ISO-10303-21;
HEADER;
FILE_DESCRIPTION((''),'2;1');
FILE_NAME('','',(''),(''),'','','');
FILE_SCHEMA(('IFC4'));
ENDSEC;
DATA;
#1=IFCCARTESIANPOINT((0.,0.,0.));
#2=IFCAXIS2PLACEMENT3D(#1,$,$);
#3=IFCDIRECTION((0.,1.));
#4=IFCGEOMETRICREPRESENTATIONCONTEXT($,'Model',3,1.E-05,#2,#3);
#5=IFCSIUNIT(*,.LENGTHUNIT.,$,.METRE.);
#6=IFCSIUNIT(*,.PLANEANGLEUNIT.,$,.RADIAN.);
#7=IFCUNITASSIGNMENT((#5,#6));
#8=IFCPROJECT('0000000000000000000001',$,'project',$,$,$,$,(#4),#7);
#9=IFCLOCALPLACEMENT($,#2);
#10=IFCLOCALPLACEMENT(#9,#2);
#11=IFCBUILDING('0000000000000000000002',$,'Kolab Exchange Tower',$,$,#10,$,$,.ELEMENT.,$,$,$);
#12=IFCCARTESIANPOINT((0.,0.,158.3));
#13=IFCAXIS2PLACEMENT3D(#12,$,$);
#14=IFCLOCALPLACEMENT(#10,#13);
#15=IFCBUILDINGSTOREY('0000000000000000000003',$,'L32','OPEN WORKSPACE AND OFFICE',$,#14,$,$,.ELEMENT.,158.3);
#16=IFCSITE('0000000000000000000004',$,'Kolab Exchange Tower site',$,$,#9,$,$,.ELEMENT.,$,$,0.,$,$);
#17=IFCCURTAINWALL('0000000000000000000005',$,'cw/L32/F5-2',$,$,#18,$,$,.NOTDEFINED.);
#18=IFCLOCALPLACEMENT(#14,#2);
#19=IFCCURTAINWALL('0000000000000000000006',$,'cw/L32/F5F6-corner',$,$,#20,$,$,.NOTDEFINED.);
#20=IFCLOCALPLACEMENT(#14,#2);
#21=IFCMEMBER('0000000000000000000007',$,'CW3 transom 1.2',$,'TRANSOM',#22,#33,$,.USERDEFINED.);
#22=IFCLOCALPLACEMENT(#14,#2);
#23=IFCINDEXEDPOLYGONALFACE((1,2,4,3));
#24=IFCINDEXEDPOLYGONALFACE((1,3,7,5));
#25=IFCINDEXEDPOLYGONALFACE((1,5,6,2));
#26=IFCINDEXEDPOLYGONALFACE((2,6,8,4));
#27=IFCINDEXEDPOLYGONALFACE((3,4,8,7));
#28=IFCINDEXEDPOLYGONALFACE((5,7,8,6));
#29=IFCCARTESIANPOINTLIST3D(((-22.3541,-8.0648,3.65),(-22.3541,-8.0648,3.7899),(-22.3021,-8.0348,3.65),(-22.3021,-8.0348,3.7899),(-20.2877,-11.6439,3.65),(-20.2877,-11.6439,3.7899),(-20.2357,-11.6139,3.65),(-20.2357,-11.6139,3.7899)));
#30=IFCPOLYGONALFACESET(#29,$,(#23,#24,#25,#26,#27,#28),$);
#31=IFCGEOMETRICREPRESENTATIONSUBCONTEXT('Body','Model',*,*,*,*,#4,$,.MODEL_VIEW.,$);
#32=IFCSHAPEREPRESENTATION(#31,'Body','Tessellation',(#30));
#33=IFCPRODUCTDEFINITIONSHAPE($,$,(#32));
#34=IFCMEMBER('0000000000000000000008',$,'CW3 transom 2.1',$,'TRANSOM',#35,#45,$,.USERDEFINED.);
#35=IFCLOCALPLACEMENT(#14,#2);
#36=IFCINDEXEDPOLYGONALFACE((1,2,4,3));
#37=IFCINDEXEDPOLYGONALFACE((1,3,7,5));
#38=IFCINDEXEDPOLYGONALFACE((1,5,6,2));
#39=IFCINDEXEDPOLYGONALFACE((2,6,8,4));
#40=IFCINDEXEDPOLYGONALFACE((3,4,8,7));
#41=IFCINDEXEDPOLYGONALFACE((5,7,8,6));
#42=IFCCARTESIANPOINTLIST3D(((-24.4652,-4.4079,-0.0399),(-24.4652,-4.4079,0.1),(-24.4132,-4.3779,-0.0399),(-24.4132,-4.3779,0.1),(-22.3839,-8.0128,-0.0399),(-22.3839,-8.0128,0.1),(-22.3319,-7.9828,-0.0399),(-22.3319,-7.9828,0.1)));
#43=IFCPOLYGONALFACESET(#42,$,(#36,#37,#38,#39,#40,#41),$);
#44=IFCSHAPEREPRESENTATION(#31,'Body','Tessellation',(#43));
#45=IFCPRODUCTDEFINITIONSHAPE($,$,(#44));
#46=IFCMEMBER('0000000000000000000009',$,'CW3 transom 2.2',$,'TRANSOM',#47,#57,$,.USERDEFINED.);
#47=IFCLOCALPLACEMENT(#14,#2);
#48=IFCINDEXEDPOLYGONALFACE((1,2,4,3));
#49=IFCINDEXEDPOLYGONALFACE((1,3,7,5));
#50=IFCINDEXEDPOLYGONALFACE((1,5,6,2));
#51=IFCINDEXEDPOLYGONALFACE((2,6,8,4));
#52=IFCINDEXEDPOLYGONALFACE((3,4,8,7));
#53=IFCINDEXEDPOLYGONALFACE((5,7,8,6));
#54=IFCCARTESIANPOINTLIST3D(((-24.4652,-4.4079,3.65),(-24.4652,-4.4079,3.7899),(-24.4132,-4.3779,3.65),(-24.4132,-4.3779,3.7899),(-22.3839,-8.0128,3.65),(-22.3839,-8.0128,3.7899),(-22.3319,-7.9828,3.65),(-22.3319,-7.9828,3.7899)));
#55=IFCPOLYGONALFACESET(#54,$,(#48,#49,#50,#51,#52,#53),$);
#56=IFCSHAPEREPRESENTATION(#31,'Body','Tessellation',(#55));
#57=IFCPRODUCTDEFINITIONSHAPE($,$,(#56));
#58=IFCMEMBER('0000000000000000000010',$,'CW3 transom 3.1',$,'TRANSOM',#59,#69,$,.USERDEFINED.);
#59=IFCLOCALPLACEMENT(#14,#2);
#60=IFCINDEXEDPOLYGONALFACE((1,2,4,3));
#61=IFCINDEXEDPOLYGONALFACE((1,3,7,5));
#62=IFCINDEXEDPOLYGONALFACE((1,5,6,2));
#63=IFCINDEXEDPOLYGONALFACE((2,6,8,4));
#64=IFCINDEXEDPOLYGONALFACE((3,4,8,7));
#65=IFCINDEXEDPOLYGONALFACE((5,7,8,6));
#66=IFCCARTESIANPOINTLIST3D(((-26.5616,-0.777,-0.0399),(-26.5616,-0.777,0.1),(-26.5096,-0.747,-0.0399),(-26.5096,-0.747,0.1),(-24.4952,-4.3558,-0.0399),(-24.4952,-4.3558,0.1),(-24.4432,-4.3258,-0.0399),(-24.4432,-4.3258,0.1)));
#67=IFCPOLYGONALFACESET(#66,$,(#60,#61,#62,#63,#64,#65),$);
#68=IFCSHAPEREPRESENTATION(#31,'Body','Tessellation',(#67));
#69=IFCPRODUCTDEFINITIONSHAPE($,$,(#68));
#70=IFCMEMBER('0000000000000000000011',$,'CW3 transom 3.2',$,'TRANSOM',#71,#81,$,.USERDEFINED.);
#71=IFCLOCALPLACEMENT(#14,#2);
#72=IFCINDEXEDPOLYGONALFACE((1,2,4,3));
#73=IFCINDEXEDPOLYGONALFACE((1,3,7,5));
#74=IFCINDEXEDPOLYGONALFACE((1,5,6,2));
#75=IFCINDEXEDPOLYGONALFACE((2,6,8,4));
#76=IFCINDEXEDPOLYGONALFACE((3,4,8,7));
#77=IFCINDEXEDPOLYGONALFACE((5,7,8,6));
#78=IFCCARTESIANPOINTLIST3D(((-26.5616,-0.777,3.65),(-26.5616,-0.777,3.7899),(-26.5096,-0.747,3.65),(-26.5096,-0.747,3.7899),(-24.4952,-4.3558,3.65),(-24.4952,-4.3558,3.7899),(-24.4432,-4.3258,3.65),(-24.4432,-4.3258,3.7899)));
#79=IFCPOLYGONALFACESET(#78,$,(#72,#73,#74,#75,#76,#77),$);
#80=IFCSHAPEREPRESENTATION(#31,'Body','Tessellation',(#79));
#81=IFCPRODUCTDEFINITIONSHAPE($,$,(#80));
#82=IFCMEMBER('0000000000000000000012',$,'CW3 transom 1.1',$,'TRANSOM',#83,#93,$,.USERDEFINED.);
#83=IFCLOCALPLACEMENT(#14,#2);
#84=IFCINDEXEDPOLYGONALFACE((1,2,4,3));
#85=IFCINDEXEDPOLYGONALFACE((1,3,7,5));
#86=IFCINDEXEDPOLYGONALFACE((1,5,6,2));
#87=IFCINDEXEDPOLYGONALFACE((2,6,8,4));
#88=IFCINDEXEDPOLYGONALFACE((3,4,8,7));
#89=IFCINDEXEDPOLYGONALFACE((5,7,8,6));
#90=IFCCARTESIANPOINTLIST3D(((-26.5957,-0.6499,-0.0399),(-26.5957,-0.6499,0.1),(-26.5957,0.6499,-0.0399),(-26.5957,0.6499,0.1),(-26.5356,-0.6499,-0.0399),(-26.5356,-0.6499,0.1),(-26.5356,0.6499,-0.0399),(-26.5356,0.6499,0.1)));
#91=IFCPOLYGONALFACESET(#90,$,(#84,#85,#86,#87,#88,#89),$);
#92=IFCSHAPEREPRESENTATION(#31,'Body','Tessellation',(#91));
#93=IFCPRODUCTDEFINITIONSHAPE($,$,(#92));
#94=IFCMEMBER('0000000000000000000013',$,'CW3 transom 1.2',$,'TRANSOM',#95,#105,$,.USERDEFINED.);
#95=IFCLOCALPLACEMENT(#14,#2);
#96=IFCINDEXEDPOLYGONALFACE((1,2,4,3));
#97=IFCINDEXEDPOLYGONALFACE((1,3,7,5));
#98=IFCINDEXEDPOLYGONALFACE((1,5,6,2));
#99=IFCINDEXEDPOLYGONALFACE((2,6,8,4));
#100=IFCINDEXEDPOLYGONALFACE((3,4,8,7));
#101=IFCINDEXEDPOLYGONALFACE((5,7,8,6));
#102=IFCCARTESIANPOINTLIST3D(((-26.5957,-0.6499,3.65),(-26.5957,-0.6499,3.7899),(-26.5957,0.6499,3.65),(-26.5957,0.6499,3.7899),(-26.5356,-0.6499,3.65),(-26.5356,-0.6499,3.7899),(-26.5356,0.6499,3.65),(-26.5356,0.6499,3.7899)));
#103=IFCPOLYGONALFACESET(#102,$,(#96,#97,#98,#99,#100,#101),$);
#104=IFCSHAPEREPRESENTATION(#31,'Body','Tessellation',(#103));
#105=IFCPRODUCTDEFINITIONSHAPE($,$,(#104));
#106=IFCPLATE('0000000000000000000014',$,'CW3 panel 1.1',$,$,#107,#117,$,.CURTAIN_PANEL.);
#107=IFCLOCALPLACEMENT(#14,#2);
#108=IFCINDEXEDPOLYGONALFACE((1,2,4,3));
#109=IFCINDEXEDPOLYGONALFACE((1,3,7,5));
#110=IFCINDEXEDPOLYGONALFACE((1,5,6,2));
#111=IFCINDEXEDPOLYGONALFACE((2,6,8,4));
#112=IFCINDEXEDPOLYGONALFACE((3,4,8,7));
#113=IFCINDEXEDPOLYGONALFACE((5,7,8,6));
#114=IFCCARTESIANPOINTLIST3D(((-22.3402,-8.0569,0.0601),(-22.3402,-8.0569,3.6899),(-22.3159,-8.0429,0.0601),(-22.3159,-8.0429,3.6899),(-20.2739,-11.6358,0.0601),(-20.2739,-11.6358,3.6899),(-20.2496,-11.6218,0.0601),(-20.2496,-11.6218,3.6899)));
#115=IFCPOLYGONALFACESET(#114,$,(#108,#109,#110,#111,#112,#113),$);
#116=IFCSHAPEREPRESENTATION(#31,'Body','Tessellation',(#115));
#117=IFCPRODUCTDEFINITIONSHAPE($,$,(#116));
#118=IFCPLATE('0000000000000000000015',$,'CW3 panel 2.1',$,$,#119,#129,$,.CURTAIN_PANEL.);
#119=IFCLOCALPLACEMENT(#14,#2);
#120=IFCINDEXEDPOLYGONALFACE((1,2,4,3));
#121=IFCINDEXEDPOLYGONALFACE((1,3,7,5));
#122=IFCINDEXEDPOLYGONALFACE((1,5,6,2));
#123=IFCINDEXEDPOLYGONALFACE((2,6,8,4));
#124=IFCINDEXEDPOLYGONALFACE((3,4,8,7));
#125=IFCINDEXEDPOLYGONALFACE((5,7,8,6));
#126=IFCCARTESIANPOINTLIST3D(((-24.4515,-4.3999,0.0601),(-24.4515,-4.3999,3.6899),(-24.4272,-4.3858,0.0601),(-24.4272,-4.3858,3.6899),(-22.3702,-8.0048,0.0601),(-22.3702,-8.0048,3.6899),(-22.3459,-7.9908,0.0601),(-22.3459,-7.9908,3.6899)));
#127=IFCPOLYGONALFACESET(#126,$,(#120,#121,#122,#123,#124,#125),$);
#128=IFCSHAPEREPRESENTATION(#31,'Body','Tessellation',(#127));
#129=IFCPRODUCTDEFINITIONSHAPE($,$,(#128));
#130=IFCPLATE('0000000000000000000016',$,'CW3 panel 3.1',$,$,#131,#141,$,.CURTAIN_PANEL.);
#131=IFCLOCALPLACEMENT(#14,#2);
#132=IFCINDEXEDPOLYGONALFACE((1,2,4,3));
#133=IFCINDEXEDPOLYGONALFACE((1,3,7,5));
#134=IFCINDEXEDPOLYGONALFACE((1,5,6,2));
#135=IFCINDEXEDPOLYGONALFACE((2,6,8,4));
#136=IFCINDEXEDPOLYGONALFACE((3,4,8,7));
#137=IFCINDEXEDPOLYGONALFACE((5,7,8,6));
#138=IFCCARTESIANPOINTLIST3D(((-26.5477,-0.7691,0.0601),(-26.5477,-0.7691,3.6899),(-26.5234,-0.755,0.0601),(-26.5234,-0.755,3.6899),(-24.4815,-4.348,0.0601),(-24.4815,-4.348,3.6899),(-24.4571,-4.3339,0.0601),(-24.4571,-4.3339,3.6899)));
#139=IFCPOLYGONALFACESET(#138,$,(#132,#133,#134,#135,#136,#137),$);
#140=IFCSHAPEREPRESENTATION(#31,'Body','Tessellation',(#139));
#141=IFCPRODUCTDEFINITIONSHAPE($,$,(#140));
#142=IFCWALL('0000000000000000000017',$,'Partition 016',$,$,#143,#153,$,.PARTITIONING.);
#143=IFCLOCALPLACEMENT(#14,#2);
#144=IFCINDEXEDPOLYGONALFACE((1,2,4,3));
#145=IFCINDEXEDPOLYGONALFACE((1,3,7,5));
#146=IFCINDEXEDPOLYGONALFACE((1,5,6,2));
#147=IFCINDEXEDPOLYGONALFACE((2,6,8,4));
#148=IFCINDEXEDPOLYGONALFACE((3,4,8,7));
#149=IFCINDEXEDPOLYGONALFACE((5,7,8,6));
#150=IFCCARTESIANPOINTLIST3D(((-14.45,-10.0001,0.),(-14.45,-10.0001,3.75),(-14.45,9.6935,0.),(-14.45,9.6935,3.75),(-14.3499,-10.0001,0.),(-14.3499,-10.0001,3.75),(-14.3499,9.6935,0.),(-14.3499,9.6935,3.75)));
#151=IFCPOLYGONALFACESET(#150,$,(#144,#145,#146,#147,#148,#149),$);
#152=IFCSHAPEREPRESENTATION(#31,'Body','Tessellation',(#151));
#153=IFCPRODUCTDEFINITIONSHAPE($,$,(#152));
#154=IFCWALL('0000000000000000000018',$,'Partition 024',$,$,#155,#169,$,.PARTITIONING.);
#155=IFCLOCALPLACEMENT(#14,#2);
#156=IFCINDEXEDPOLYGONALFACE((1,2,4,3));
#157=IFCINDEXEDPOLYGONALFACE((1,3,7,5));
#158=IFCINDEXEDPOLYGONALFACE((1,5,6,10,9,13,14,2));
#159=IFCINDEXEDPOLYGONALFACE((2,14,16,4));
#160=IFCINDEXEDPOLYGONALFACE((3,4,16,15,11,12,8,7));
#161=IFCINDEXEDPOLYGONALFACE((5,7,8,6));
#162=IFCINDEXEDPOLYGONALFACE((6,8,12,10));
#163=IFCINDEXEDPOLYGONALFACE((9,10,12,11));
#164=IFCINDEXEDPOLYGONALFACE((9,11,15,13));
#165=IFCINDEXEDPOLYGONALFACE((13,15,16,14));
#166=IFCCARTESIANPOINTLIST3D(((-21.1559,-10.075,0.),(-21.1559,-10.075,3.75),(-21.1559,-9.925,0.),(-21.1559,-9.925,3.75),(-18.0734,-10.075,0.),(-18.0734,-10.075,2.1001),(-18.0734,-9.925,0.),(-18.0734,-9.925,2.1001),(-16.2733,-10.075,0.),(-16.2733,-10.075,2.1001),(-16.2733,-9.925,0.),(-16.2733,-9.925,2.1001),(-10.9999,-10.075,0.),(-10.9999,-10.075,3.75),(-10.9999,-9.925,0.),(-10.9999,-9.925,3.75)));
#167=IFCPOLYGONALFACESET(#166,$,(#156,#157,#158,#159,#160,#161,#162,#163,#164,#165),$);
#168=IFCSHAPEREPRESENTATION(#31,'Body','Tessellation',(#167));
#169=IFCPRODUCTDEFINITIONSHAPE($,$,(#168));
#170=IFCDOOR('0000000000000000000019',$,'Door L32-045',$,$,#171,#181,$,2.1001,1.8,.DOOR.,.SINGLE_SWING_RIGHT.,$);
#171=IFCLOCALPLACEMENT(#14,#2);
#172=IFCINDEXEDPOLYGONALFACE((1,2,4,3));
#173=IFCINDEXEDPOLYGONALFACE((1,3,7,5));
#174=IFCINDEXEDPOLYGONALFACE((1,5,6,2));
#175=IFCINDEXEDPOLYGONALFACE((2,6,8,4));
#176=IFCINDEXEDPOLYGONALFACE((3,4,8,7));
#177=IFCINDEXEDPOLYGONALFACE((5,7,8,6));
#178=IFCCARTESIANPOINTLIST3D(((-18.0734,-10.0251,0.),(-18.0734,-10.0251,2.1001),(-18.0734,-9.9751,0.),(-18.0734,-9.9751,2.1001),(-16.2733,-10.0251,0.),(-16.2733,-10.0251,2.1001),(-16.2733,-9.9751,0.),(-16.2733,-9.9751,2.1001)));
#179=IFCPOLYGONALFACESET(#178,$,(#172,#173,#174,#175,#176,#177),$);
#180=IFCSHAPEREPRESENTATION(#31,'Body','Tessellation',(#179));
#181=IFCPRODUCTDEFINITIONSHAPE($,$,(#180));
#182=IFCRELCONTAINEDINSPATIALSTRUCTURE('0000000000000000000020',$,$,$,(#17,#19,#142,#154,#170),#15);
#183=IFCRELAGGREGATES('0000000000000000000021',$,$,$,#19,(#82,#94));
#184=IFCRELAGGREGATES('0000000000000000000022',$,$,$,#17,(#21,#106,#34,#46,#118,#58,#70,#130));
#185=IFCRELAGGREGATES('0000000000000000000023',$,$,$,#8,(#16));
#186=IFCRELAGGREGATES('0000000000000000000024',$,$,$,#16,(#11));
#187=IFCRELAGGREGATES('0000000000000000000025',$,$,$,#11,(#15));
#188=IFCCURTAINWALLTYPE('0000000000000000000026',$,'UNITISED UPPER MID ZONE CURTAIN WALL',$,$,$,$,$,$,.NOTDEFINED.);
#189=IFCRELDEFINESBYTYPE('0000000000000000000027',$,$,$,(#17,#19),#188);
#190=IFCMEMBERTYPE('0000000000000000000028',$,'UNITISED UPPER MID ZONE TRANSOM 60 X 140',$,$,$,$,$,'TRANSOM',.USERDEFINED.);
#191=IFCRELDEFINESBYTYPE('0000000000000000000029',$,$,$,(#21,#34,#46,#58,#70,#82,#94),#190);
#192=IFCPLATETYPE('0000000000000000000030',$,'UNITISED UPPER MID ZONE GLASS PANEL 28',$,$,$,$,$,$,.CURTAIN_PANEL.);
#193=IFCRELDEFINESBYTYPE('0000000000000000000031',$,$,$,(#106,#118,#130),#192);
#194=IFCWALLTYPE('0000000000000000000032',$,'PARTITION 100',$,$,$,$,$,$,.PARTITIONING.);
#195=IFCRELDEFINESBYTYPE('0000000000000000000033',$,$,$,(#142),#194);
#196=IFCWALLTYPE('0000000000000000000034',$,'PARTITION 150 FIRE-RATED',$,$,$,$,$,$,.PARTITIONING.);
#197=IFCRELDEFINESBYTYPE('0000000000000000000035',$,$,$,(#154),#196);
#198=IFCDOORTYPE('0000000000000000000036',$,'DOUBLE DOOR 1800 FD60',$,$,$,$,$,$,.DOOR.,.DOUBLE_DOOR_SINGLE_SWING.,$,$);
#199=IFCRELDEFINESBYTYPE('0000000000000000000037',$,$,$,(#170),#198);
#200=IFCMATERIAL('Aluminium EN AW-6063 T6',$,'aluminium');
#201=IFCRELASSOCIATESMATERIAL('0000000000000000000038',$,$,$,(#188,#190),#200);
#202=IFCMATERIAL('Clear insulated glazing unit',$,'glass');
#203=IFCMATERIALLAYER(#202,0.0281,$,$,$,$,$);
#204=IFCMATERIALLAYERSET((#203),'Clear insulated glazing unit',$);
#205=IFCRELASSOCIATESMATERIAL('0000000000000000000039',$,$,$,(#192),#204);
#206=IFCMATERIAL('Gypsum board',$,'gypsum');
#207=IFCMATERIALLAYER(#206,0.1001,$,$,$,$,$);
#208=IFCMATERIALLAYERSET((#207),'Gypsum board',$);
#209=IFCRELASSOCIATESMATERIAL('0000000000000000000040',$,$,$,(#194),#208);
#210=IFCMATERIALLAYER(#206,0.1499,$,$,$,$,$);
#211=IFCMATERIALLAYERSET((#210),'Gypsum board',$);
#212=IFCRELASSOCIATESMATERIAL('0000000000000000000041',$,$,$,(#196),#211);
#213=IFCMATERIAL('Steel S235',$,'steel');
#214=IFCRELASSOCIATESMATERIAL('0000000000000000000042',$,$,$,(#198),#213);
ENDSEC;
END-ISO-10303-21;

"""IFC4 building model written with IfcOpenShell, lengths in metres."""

from ifc_helpers import new_model, si_unit, direction, frame, frame_2d, origin, origin_2d, place, context, subcontext, project, spatial, rectangle, extrude, material, layer, layer_set, material_profile, profile_set, type_object, element, fill, aggregate, save


model = new_model("IFC4")

# Units and contexts
model_context = context("Model", 3, precision=1e-05, world=origin(), true_north=direction((0.0, 1.0)))
body_context = subcontext(model_context, "Body", "Model", "MODEL_VIEW")
ifc_project = project(units=[si_unit("LENGTHUNIT", "METRE"), si_unit("PLANEANGLEUNIT", "RADIAN")], contexts=[model_context])

# Site, building, storey
site_placement = place(None, origin())
site = spatial("IfcSite", under=ifc_project, at=site_placement, Name="Kolab Exchange Tower site", CompositionType="ELEMENT", RefElevation=0.0)
building_placement = place(site_placement, origin())
building = spatial("IfcBuilding", under=site, at=building_placement, Name="Kolab Exchange Tower", CompositionType="ELEMENT")
storey_placement = place(building_placement, frame((0.0, 0.0, 158.3)))
storey = spatial("IfcBuildingStorey", under=building, at=storey_placement, Name="L32", Description="OPEN WORKSPACE AND OFFICE", CompositionType="ELEMENT", Elevation=158.3)

# Curtain wall
ifc_material_1 = material(Name="Aluminium EN AW-6063 T6", Category="aluminium")
curtain_wall_type = type_object("IfcCurtainWallType", Name="UNITISED UPPER MID ZONE CURTAIN WALL", PredefinedType="NOTDEFINED", material=ifc_material_1)
curtain_wall_1_placement = place(storey_placement, origin())
curtain_wall_1 = element("IfcCurtainWall", 1, at=curtain_wall_1_placement, inside=storey, type_object=curtain_wall_type, Name="cw/L32/F5-2", PredefinedType="NOTDEFINED")

# Curtain wall
curtain_wall_2_placement = place(storey_placement, origin())
curtain_wall_2 = element("IfcCurtainWall", 2, at=curtain_wall_2_placement, inside=storey, type_object=curtain_wall_type, Name="cw/L32/F5F6-corner", PredefinedType="NOTDEFINED")

# Members
ifc_material_profile_1 = material_profile(ifc_material_1, rectangle(XDim=0.0601, YDim=0.1399, at=origin_2d()), Name="RECT 60X140")
ifc_profile_set_1 = profile_set([ifc_material_profile_1], Name="Aluminium EN AW-6063 T6")
member_type_1 = type_object("IfcMemberType", Name="UNITISED UPPER MID ZONE TRANSOM 60 X 140", ElementType="TRANSOM", PredefinedType="USERDEFINED", material=ifc_profile_set_1)
member_1_placement = place(storey_placement, frame((-20.2617, -11.6289, 3.72), z_axis=(-0.500002, 0.866024, 0.0), x_axis=(-0.866024, -0.500002, 0.0)))
member_1 = element("IfcMember", 3, at=member_1_placement, type_object=member_type_1, Name="CW3 transom 1.2", ObjectType="TRANSOM", PredefinedType="USERDEFINED", context=body_context, shape_type="SweptSolid", body=[
    extrude(rectangle(XDim=0.0601, YDim=0.1399, at=origin_2d()), origin(), (0.0, 0.0, 1.0), 4.1328),
])
member_2_placement = place(storey_placement, frame((-22.3579, -7.9978, 0.03), z_axis=(-0.499993, 0.866029, 0.0), x_axis=(-0.866029, -0.499993, 0.0)))
member_2 = element("IfcMember", 4, at=member_2_placement, type_object=member_type_1, Name="CW3 transom 2.1", ObjectType="TRANSOM", PredefinedType="USERDEFINED", context=body_context, shape_type="SweptSolid", body=[
    extrude(rectangle(XDim=0.0601, YDim=0.1399, at=origin_2d()), origin(), (0.0, 0.0, 1.0), 4.1626),
])
member_3_placement = place(storey_placement, frame((-22.3579, -7.9978, 3.72), z_axis=(-0.499993, 0.866029, 0.0), x_axis=(-0.866029, -0.499993, 0.0)))
member_3 = element("IfcMember", 5, at=member_3_placement, type_object=member_type_1, Name="CW3 transom 2.2", ObjectType="TRANSOM", PredefinedType="USERDEFINED", context=body_context, shape_type="SweptSolid", body=[
    extrude(rectangle(XDim=0.0601, YDim=0.1399, at=origin_2d()), origin(), (0.0, 0.0, 1.0), 4.1626),
])
member_4_placement = place(storey_placement, frame((-24.4692, -4.3408, 0.03), z_axis=(-0.500028, 0.866009, 0.0), x_axis=(-0.866009, -0.500028, 0.0)))
member_4 = element("IfcMember", 6, at=member_4_placement, type_object=member_type_1, Name="CW3 transom 3.1", ObjectType="TRANSOM", PredefinedType="USERDEFINED", context=body_context, shape_type="SweptSolid", body=[
    extrude(rectangle(XDim=0.0601, YDim=0.1399, at=origin_2d()), origin(), (0.0, 0.0, 1.0), 4.1326),
])
member_5_placement = place(storey_placement, frame((-24.4692, -4.3408, 3.72), z_axis=(-0.500028, 0.866009, 0.0), x_axis=(-0.866009, -0.500028, 0.0)))
member_5 = element("IfcMember", 7, at=member_5_placement, type_object=member_type_1, Name="CW3 transom 3.2", ObjectType="TRANSOM", PredefinedType="USERDEFINED", context=body_context, shape_type="SweptSolid", body=[
    extrude(rectangle(XDim=0.0601, YDim=0.1399, at=origin_2d()), origin(), (0.0, 0.0, 1.0), 4.1326),
])
member_6_placement = place(storey_placement, frame((-26.5657, -0.6499, 0.03), z_axis=(0.0, 1.0, 0.0), x_axis=(-1.0, 0.0, 0.0)))
member_6 = element("IfcMember", 8, at=member_6_placement, type_object=member_type_1, Name="CW3 transom 1.1", ObjectType="TRANSOM", PredefinedType="USERDEFINED", context=body_context, shape_type="SweptSolid", body=[
    extrude(rectangle(XDim=0.0601, YDim=0.1399, at=origin_2d()), origin(), (0.0, 0.0, 1.0), 1.2998),
])
member_7_placement = place(storey_placement, frame((-26.5657, -0.6499, 3.72), z_axis=(0.0, 1.0, 0.0), x_axis=(-1.0, 0.0, 0.0)))
member_7 = element("IfcMember", 9, at=member_7_placement, type_object=member_type_1, Name="CW3 transom 1.2", ObjectType="TRANSOM", PredefinedType="USERDEFINED", context=body_context, shape_type="SweptSolid", body=[
    extrude(rectangle(XDim=0.0601, YDim=0.1399, at=origin_2d()), origin(), (0.0, 0.0, 1.0), 1.2998),
])
aggregate(curtain_wall_2, [member_6, member_7])

# Plates
ifc_material_2 = material(Name="Clear insulated glazing unit", Category="glass")
ifc_layer_1 = layer(ifc_material_2, 0.0281)
ifc_layer_set_1 = layer_set([ifc_layer_1], Name="Clear insulated glazing unit")
plate_type = type_object("IfcPlateType", Name="UNITISED UPPER MID ZONE GLASS PANEL 28", PredefinedType="CURTAIN_PANEL", material=ifc_layer_set_1)
plate_1_placement = place(storey_placement, frame((-21.2949, -9.8394, 0.0601), z_axis=(0.0, 0.0, 1.0), x_axis=(-0.5, 0.866025, 0.0)))
plate_1 = element("IfcPlate", 10, at=plate_1_placement, type_object=plate_type, Name="CW3 panel 1.1", PredefinedType="CURTAIN_PANEL", context=body_context, shape_type="SweptSolid", body=[
    extrude(rectangle(XDim=4.1326, YDim=0.0281, at=origin_2d()), origin(), (0.0, 0.0, 1.0), 3.6299),
])
plate_2_placement = place(storey_placement, frame((-23.3987, -6.1953, 0.0601), z_axis=(0.0, 0.0, 1.0), x_axis=(-0.5, 0.866025, 0.0)))
plate_2 = element("IfcPlate", 11, at=plate_2_placement, type_object=plate_type, Name="CW3 panel 2.1", PredefinedType="CURTAIN_PANEL", context=body_context, shape_type="SweptSolid", body=[
    extrude(rectangle(XDim=4.1626, YDim=0.0281, at=origin_2d()), origin(), (0.0, 0.0, 1.0), 3.6299),
])
plate_3_placement = place(storey_placement, frame((-25.5024, -2.5515, 0.0601), z_axis=(0.0, 0.0, 1.0), x_axis=(-0.5, 0.866025, 0.0)))
plate_3 = element("IfcPlate", 12, at=plate_3_placement, type_object=plate_type, Name="CW3 panel 3.1", PredefinedType="CURTAIN_PANEL", context=body_context, shape_type="SweptSolid", body=[
    extrude(rectangle(XDim=4.1326, YDim=0.0281, at=origin_2d()), origin(), (0.0, 0.0, 1.0), 3.6299),
])
aggregate(curtain_wall_1, [member_1, plate_1, member_2, member_3, plate_2, member_4, member_5, plate_3])

# Wall
ifc_material_3 = material(Name="Gypsum board", Category="gypsum")
ifc_layer_2 = layer(ifc_material_3, 0.1001)
ifc_layer_set_2 = layer_set([ifc_layer_2], Name="Gypsum board")
wall_type_1 = type_object("IfcWallType", Name="PARTITION 100", PredefinedType="PARTITIONING", material=ifc_layer_set_2)
wall_1_placement = place(storey_placement, frame((-14.3999, -10.0, 0.0), z_axis=(0.0, 0.0, 1.0), x_axis=(0.0, 1.0, 0.0)))
element("IfcWall", 13, at=wall_1_placement, inside=storey, type_object=wall_type_1, Name="Partition 016", PredefinedType="PARTITIONING", context=body_context, shape_type="SweptSolid", body=[
    extrude(rectangle(XDim=19.6936, YDim=0.1001, at=frame_2d((9.8467, 0.0))), origin(), (0.0, 0.0, 1.0), 3.75),
])

# Wall, opening, door
ifc_layer_3 = layer(ifc_material_3, 0.1499)
ifc_layer_set_3 = layer_set([ifc_layer_3], Name="Gypsum board")
wall_type_2 = type_object("IfcWallType", Name="PARTITION 150 FIRE-RATED", PredefinedType="PARTITIONING", material=ifc_layer_set_3)
wall_2_placement = place(storey_placement, frame((-21.156, -10.0, 0.0), z_axis=(0.0, 0.0, 1.0), x_axis=(1.0, 0.0, 0.0)))
wall_2 = element("IfcWall", 14, at=wall_2_placement, inside=storey, type_object=wall_type_2, Name="Partition 024", PredefinedType="PARTITIONING", context=body_context, shape_type="SweptSolid", body=[
    extrude(rectangle(XDim=10.156, YDim=0.1499, at=frame_2d((5.0781, 0.0))), origin(), (0.0, 0.0, 1.0), 3.75),
])
opening_placement = place(wall_2_placement, frame((3.0828, 0.0, 0.0)))
opening = element("IfcOpeningElement", 15, at=opening_placement, cuts=wall_2, PredefinedType="OPENING", context=body_context, shape_type="SweptSolid", body=[
    extrude(rectangle(XDim=1.8, YDim=2.1001, at=frame_2d((0.8999, 1.05))), frame((0.0, 0.085, 0.0), z_axis=(0.0, -1.0, 0.0), x_axis=(1.0, 0.0, 0.0)), (0.0, 0.0, 1.0), 0.1699),
])
ifc_material_4 = material(Name="Steel S235", Category="steel")
door_type = type_object("IfcDoorType", Name="DOUBLE DOOR 1800 FD60", OperationType="DOUBLE_DOOR_SINGLE_SWING", PredefinedType="DOOR", material=ifc_material_4)
door_placement = place(opening_placement, origin())
door = element("IfcDoor", 16, at=door_placement, inside=storey, type_object=door_type, Name="Door L32-045", OperationType="SINGLE_SWING_RIGHT", OverallHeight=2.1001, OverallWidth=1.8, PredefinedType="DOOR", context=body_context, shape_type="SweptSolid", body=[
    extrude(rectangle(XDim=1.8, YDim=2.1001, at=frame_2d((0.8999, 1.05))), frame((0.0, 0.0249, 0.0), z_axis=(0.0, -1.0, 0.0), x_axis=(1.0, 0.0, 0.0)), (0.0, 0.0, 1.0), 0.05),
])
fill(opening, door)

save(model, "model.ifc")
